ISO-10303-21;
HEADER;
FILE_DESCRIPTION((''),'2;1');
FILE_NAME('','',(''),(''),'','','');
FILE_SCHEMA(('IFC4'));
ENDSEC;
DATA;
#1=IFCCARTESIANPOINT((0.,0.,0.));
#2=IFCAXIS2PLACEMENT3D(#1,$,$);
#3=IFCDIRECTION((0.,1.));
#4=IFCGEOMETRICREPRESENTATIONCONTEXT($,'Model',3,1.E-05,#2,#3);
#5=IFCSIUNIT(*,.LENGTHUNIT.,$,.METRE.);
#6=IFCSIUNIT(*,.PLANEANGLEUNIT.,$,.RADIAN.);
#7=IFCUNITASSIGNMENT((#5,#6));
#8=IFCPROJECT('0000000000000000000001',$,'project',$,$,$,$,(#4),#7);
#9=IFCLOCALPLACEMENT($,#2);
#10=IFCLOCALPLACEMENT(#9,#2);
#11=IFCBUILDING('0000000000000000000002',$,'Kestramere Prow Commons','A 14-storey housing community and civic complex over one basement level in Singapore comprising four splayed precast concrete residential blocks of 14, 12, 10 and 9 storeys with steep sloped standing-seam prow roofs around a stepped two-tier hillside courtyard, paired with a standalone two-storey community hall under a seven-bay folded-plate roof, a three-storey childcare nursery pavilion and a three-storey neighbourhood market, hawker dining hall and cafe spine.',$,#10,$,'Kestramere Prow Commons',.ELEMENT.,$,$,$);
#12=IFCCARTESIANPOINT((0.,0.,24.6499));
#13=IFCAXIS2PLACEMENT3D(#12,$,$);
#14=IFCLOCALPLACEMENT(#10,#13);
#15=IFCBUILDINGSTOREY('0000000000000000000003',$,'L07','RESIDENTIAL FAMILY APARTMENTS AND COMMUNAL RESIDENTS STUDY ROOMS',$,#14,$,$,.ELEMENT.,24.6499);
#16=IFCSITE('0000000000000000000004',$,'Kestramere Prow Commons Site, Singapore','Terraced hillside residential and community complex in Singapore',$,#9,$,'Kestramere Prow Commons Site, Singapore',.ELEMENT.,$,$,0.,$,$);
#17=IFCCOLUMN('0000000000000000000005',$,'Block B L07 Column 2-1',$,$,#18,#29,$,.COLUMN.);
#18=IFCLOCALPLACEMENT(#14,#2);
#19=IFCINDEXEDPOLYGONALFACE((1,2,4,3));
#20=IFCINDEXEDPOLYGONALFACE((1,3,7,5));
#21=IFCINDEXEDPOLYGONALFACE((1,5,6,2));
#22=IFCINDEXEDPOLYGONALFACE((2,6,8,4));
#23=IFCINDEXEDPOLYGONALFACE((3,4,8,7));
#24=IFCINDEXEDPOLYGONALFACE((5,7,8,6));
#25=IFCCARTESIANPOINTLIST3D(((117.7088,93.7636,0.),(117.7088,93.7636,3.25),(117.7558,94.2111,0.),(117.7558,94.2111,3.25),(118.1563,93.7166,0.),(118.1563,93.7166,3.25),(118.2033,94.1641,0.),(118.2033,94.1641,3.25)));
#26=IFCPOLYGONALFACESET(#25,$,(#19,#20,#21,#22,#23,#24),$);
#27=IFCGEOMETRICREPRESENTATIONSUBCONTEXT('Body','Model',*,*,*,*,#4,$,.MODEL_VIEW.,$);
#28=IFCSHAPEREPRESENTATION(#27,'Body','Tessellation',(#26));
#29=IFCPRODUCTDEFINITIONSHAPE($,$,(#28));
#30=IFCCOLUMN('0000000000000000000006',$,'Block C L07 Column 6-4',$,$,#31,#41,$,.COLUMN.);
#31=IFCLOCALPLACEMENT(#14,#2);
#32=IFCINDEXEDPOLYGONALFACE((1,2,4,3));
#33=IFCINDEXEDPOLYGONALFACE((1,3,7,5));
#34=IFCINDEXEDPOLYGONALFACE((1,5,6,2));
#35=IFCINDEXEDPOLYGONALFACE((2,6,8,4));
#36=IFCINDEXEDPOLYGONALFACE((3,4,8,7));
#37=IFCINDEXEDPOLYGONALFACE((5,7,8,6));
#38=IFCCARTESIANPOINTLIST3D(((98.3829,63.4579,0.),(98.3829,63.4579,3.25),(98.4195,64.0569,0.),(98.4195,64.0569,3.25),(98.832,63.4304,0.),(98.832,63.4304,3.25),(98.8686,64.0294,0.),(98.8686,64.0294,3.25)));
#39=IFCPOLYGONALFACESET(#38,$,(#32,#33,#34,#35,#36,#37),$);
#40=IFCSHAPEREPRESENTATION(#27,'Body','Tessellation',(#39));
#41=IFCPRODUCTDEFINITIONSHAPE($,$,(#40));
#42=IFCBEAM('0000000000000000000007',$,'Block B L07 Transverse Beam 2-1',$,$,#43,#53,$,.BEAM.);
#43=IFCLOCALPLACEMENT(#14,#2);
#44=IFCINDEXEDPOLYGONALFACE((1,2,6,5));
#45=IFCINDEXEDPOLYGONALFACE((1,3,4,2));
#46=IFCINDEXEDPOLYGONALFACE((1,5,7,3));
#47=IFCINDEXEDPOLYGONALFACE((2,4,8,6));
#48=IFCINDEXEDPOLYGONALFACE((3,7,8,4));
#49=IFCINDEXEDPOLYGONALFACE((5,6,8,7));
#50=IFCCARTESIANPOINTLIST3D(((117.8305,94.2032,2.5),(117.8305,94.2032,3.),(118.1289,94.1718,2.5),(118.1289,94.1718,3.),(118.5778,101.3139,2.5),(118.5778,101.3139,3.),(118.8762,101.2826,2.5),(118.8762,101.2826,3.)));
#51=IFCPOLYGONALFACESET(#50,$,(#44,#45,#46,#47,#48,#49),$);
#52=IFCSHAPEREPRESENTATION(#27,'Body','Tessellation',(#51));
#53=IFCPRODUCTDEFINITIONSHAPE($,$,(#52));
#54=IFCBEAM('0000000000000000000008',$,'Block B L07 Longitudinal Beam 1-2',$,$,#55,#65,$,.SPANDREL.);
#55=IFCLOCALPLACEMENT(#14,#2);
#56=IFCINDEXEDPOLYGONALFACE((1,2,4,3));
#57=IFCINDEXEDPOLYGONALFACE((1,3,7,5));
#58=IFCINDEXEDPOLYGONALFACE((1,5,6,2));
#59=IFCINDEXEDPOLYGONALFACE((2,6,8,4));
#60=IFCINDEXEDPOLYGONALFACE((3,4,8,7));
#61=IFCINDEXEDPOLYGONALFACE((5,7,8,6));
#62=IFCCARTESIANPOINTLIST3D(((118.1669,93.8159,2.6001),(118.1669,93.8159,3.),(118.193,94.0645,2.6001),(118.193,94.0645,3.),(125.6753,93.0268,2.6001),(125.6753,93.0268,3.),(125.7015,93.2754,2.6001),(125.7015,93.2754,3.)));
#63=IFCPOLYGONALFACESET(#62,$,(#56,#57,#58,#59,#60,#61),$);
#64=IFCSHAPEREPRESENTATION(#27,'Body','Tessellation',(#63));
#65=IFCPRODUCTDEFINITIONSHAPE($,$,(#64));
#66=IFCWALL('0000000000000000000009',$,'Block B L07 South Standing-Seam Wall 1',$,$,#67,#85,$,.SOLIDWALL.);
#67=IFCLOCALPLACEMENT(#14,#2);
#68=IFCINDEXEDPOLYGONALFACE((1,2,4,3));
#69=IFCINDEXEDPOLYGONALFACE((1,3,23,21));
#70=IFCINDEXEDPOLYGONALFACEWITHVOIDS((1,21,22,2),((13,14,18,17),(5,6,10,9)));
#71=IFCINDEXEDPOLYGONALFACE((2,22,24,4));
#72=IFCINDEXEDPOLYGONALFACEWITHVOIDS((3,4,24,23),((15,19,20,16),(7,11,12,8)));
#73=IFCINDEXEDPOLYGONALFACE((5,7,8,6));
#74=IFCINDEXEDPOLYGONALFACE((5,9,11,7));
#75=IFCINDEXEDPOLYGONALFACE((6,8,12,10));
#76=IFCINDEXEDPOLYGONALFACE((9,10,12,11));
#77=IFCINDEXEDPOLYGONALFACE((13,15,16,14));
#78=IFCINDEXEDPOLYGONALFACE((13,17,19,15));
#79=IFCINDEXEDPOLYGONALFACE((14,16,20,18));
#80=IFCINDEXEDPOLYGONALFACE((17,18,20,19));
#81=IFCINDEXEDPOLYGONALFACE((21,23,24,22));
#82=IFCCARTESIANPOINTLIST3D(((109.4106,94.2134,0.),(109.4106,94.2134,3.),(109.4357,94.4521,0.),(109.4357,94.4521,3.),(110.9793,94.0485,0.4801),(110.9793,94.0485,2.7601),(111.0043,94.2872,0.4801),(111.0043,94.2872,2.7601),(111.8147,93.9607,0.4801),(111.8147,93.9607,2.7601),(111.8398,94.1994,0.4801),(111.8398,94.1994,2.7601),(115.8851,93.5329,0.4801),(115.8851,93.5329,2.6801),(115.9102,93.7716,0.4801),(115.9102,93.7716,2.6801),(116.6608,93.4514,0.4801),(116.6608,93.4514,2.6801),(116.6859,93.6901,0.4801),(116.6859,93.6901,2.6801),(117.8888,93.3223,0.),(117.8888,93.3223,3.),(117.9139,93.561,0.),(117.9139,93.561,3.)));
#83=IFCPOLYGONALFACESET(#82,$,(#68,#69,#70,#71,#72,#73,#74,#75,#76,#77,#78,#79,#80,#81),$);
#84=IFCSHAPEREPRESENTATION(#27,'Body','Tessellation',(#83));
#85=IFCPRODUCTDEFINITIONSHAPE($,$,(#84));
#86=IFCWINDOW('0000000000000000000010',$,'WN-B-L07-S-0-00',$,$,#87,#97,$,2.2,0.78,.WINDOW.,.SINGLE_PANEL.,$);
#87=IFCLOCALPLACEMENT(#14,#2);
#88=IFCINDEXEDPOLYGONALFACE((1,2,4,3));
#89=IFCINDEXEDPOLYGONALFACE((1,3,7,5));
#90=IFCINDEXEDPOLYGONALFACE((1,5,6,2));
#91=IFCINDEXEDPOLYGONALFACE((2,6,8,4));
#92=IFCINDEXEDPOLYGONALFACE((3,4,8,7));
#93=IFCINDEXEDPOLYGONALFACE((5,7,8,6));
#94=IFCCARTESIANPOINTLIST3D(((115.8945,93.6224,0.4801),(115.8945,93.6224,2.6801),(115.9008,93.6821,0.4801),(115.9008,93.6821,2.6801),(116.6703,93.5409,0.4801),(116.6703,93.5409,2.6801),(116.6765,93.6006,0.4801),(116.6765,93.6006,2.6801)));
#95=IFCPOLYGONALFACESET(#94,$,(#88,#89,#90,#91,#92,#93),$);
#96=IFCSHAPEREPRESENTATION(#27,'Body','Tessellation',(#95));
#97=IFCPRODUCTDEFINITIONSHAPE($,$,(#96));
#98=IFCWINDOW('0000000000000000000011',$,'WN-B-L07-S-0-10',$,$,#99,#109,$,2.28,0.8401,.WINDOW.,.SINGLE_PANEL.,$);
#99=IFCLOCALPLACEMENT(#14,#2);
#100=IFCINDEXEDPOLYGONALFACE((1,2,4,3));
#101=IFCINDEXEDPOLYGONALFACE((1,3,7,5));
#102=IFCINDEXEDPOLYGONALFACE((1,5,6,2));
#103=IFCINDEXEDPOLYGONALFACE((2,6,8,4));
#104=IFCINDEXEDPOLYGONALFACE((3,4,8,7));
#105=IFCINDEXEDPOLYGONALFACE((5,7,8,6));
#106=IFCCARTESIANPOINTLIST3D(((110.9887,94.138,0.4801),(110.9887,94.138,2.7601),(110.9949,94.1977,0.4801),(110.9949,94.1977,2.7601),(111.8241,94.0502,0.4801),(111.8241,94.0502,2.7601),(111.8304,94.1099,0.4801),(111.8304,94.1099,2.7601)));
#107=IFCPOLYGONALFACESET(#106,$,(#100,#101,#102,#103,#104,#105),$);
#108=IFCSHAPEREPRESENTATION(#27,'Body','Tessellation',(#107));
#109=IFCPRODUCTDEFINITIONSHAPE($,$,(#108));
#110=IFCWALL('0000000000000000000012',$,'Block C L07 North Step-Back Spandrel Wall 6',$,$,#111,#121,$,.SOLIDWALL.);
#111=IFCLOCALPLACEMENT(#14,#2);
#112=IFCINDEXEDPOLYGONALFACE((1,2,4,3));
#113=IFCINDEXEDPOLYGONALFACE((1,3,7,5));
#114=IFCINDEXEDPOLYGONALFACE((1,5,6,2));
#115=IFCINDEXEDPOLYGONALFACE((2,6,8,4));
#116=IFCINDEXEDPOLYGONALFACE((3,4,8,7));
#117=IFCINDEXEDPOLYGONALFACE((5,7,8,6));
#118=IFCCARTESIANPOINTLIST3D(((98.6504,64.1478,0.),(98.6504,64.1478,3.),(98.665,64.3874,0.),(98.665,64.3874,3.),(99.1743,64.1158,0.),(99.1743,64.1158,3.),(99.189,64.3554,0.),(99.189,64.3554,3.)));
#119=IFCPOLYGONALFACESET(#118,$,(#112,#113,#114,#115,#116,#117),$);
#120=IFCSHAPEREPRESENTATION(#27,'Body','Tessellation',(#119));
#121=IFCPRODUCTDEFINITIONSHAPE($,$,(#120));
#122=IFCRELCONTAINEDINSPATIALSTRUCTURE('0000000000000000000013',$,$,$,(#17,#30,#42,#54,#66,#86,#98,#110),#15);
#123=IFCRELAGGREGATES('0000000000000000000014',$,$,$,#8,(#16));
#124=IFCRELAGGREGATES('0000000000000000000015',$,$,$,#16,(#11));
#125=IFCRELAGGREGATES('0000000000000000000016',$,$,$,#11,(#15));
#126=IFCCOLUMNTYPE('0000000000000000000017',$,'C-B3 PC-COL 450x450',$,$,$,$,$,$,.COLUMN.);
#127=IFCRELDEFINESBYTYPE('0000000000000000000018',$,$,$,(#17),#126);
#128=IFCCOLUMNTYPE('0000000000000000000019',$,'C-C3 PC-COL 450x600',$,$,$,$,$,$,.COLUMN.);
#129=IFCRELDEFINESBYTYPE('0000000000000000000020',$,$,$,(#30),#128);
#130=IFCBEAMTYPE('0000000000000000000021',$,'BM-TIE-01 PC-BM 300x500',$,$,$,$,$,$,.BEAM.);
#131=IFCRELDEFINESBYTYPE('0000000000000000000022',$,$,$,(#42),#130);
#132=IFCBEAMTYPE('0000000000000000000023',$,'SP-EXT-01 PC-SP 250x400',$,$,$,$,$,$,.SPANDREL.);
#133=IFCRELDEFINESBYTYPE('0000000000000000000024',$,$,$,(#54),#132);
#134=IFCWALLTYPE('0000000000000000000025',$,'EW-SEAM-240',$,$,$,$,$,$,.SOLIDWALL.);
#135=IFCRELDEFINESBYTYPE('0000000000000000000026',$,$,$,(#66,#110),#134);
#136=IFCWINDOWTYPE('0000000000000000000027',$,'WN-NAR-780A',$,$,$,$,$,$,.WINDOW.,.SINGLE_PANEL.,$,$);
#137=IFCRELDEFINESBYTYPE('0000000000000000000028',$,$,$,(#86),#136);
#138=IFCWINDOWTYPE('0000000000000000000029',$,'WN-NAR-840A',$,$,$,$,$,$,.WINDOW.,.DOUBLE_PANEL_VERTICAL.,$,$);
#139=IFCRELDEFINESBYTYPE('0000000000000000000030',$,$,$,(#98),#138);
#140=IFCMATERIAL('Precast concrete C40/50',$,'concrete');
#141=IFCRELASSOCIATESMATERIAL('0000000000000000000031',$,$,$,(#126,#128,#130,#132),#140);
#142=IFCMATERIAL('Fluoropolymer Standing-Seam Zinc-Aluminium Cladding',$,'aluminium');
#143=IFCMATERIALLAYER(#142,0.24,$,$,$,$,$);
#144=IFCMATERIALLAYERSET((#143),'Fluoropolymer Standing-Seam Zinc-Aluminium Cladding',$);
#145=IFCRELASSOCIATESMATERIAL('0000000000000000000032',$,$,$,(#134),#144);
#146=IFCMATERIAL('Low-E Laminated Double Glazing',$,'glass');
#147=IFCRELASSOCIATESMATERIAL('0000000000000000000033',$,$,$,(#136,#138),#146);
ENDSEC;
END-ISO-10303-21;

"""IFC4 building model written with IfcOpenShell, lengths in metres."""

from ifc_helpers import new_model, si_unit, direction, frame, frame_2d, origin, origin_2d, place, context, subcontext, project, spatial, rectangle, extrude, material, layer, layer_set, material_profile, profile_set, type_object, element, fill, save


model = new_model("IFC4")

# Units and contexts
model_context = context("Model", 3, precision=1e-05, world=origin(), true_north=direction((0.0, 1.0)))
body_context = subcontext(model_context, "Body", "Model", "MODEL_VIEW")
ifc_project = project(units=[si_unit("LENGTHUNIT", "METRE"), si_unit("PLANEANGLEUNIT", "RADIAN")], contexts=[model_context])

# Site, building, storey
site_placement = place(None, origin())
site = spatial("IfcSite", under=ifc_project, at=site_placement, Name="Kestramere Prow Commons Site, Singapore", Description="Terraced hillside residential and community complex in Singapore", LongName="Kestramere Prow Commons Site, Singapore", CompositionType="ELEMENT", RefElevation=0.0)
building_placement = place(site_placement, origin())
building = spatial("IfcBuilding", under=site, at=building_placement, Name="Kestramere Prow Commons", Description="A 14-storey housing community and civic complex over one basement level in Singapore comprising four splayed precast concrete residential blocks of 14, 12, 10 and 9 storeys with steep sloped standing-seam prow roofs around a stepped two-tier hillside courtyard, paired with a standalone two-storey community hall under a seven-bay folded-plate roof, a three-storey childcare nursery pavilion and a three-storey neighbourhood market, hawker dining hall and cafe spine.", LongName="Kestramere Prow Commons", CompositionType="ELEMENT")
storey_placement = place(building_placement, frame((0.0, 0.0, 24.6499)))
storey = spatial("IfcBuildingStorey", under=building, at=storey_placement, Name="L07", Description="RESIDENTIAL FAMILY APARTMENTS AND COMMUNAL RESIDENTS STUDY ROOMS", CompositionType="ELEMENT", Elevation=24.6499)

# Columns
ifc_material_1 = material(Name="Precast concrete C40/50", Category="concrete")
ifc_material_profile_1 = material_profile(ifc_material_1, rectangle(XDim=0.45, YDim=0.45, at=origin_2d()), Name="PC-COL 450x450")
ifc_profile_set_1 = profile_set([ifc_material_profile_1], Name="Precast concrete C40/50")
column_type_1 = type_object("IfcColumnType", Name="C-B3 PC-COL 450x450", PredefinedType="COLUMN", material=ifc_profile_set_1)
column_1_placement = place(storey_placement, frame((117.9561, 93.9639, 0.0), z_axis=(0.0, 0.0, 1.0), x_axis=(0.994522, -0.104528, 0.0)))
element("IfcColumn", 1, at=column_1_placement, inside=storey, type_object=column_type_1, Name="Block B L07 Column 2-1", PredefinedType="COLUMN", context=body_context, shape_type="SweptSolid", body=[
    extrude(rectangle(XDim=0.45, YDim=0.45, at=origin_2d()), origin(), (0.0, 0.0, 1.0), 3.25),
])
ifc_material_profile_2 = material_profile(ifc_material_1, rectangle(XDim=0.45, YDim=0.6001, at=origin_2d()), Name="PC-COL 450x600")
ifc_profile_set_2 = profile_set([ifc_material_profile_2], Name="Precast concrete C40/50")
column_type_2 = type_object("IfcColumnType", Name="C-C3 PC-COL 450x600", PredefinedType="COLUMN", material=ifc_profile_set_2)
column_2_placement = place(storey_placement, frame((98.6257, 63.7437, 0.0), z_axis=(0.0, 0.0, 1.0), x_axis=(0.998135, -0.061049, 0.0)))
element("IfcColumn", 2, at=column_2_placement, inside=storey, type_object=column_type_2, Name="Block C L07 Column 6-4", PredefinedType="COLUMN", context=body_context, shape_type="SweptSolid", body=[
    extrude(rectangle(XDim=0.45, YDim=0.6001, at=origin_2d()), origin(), (0.0, 0.0, 1.0), 3.25),
])

# Beams
ifc_material_profile_3 = material_profile(ifc_material_1, rectangle(XDim=0.3, YDim=0.5, at=origin_2d()), Name="PC-BM 300x500")
ifc_profile_set_3 = profile_set([ifc_material_profile_3], Name="Precast concrete C40/50")
beam_type_1 = type_object("IfcBeamType", Name="BM-TIE-01 PC-BM 300x500", PredefinedType="BEAM", material=ifc_profile_set_3)
beam_1_placement = place(storey_placement, frame((117.9797, 94.1875, 2.75), z_axis=(0.104519, 0.994523, 0.0), x_axis=(-0.994523, 0.104519, 0.0)))
element("IfcBeam", 3, at=beam_1_placement, inside=storey, type_object=beam_type_1, Name="Block B L07 Transverse Beam 2-1", PredefinedType="BEAM", context=body_context, shape_type="SweptSolid", body=[
    extrude(rectangle(XDim=0.3, YDim=0.5, at=origin_2d()), origin(), (0.0, 0.0, 1.0), 7.1499),
])
ifc_material_profile_4 = material_profile(ifc_material_1, rectangle(XDim=0.25, YDim=0.3999, at=origin_2d()), Name="PC-SP 250x400")
ifc_profile_set_4 = profile_set([ifc_material_profile_4], Name="Precast concrete C40/50")
beam_type_2 = type_object("IfcBeamType", Name="SP-EXT-01 PC-SP 250x400", PredefinedType="SPANDREL", material=ifc_profile_set_4)
beam_2_placement = place(storey_placement, frame((118.1799, 93.9402, 2.8), z_axis=(0.994524, -0.104513, 0.0), x_axis=(0.104513, 0.994524, 0.0)))
element("IfcBeam", 4, at=beam_2_placement, inside=storey, type_object=beam_type_2, Name="Block B L07 Longitudinal Beam 1-2", PredefinedType="SPANDREL", context=body_context, shape_type="SweptSolid", body=[
    extrude(rectangle(XDim=0.25, YDim=0.3999, at=origin_2d()), origin(), (0.0, 0.0, 1.0), 7.5498),
])

# Wall, openings, windows
ifc_material_2 = material(Name="Fluoropolymer Standing-Seam Zinc-Aluminium Cladding", Category="aluminium")
ifc_layer_1 = layer(ifc_material_2, 0.24)
ifc_layer_set_1 = layer_set([ifc_layer_1], Name="Fluoropolymer Standing-Seam Zinc-Aluminium Cladding")
wall_type_1 = type_object("IfcWallType", Name="EW-SEAM-240", PredefinedType="SOLIDWALL", material=ifc_layer_set_1)
wall_1_placement = place(storey_placement, frame((117.9014, 93.4417, 0.0), z_axis=(0.0, 0.0, 1.0), x_axis=(-0.994522, 0.10453, 0.0)))
wall_1 = element("IfcWall", 5, at=wall_1_placement, inside=storey, type_object=wall_type_1, Name="Block B L07 South Standing-Seam Wall 1", PredefinedType="SOLIDWALL", context=body_context, shape_type="SweptSolid", body=[
    extrude(rectangle(XDim=8.5249, YDim=0.24, at=frame_2d((4.2625, 0.0))), origin(), (0.0, 0.0, 1.0), 3.0),
])
opening_1_placement = place(wall_1_placement, frame((1.2346, 0.0, 0.48)))
opening_1 = element("IfcOpeningElement", 6, at=opening_1_placement, cuts=wall_1, PredefinedType="OPENING", context=body_context, shape_type="SweptSolid", body=[
    extrude(rectangle(XDim=0.78, YDim=2.2, at=frame_2d((0.3901, 1.1001))), frame((0.0, 0.135, 0.0), z_axis=(0.0, -1.0, 0.0), x_axis=(1.0, 0.0, 0.0)), (0.0, 0.0, 1.0), 0.27),
])
opening_2_placement = place(wall_1_placement, frame((6.1077, 0.0, 0.48)))
opening_2 = element("IfcOpeningElement", 7, at=opening_2_placement, cuts=wall_1, PredefinedType="OPENING", context=body_context, shape_type="SweptSolid", body=[
    extrude(rectangle(XDim=0.8401, YDim=2.28, at=frame_2d((0.4199, 1.1401))), frame((0.0, 0.135, 0.0), z_axis=(0.0, -1.0, 0.0), x_axis=(1.0, 0.0, 0.0)), (0.0, 0.0, 1.0), 0.27),
])
ifc_material_3 = material(Name="Low-E Laminated Double Glazing", Category="glass")
window_type_1 = type_object("IfcWindowType", Name="WN-NAR-780A", PartitioningType="SINGLE_PANEL", PredefinedType="WINDOW", material=ifc_material_3)
window_1_placement = place(opening_1_placement, origin())
window_1 = element("IfcWindow", 8, at=window_1_placement, inside=storey, type_object=window_type_1, Name="WN-B-L07-S-0-00", OverallHeight=2.2, OverallWidth=0.78, PartitioningType="SINGLE_PANEL", PredefinedType="WINDOW", context=body_context, shape_type="SweptSolid", body=[
    extrude(rectangle(XDim=0.78, YDim=2.2, at=frame_2d((0.3901, 1.1001))), frame((0.0, 0.03, 0.0), z_axis=(0.0, -1.0, 0.0), x_axis=(1.0, 0.0, 0.0)), (0.0, 0.0, 1.0), 0.0601),
])
fill(opening_1, window_1)
window_type_2 = type_object("IfcWindowType", Name="WN-NAR-840A", PartitioningType="DOUBLE_PANEL_VERTICAL", PredefinedType="WINDOW", material=ifc_material_3)
window_2_placement = place(opening_2_placement, origin())
window_2 = element("IfcWindow", 9, at=window_2_placement, inside=storey, type_object=window_type_2, Name="WN-B-L07-S-0-10", OverallHeight=2.28, OverallWidth=0.8401, PartitioningType="SINGLE_PANEL", PredefinedType="WINDOW", context=body_context, shape_type="SweptSolid", body=[
    extrude(rectangle(XDim=0.8401, YDim=2.28, at=frame_2d((0.4199, 1.1401))), frame((0.0, 0.03, 0.0), z_axis=(0.0, -1.0, 0.0), x_axis=(1.0, 0.0, 0.0)), (0.0, 0.0, 1.0), 0.0601),
])
fill(opening_2, window_2)

# Wall
wall_2_placement = place(storey_placement, frame((98.6577, 64.2676, 0.0), z_axis=(0.0, 0.0, 1.0), x_axis=(0.998142, -0.06093, 0.0)))
element("IfcWall", 10, at=wall_2_placement, inside=storey, type_object=wall_type_1, Name="Block C L07 North Step-Back Spandrel Wall 6", PredefinedType="SOLIDWALL", context=body_context, shape_type="SweptSolid", body=[
    extrude(rectangle(XDim=0.5249, YDim=0.24, at=frame_2d((0.2625, 0.0))), origin(), (0.0, 0.0, 1.0), 3.0),
])

save(model, "model.ifc")
